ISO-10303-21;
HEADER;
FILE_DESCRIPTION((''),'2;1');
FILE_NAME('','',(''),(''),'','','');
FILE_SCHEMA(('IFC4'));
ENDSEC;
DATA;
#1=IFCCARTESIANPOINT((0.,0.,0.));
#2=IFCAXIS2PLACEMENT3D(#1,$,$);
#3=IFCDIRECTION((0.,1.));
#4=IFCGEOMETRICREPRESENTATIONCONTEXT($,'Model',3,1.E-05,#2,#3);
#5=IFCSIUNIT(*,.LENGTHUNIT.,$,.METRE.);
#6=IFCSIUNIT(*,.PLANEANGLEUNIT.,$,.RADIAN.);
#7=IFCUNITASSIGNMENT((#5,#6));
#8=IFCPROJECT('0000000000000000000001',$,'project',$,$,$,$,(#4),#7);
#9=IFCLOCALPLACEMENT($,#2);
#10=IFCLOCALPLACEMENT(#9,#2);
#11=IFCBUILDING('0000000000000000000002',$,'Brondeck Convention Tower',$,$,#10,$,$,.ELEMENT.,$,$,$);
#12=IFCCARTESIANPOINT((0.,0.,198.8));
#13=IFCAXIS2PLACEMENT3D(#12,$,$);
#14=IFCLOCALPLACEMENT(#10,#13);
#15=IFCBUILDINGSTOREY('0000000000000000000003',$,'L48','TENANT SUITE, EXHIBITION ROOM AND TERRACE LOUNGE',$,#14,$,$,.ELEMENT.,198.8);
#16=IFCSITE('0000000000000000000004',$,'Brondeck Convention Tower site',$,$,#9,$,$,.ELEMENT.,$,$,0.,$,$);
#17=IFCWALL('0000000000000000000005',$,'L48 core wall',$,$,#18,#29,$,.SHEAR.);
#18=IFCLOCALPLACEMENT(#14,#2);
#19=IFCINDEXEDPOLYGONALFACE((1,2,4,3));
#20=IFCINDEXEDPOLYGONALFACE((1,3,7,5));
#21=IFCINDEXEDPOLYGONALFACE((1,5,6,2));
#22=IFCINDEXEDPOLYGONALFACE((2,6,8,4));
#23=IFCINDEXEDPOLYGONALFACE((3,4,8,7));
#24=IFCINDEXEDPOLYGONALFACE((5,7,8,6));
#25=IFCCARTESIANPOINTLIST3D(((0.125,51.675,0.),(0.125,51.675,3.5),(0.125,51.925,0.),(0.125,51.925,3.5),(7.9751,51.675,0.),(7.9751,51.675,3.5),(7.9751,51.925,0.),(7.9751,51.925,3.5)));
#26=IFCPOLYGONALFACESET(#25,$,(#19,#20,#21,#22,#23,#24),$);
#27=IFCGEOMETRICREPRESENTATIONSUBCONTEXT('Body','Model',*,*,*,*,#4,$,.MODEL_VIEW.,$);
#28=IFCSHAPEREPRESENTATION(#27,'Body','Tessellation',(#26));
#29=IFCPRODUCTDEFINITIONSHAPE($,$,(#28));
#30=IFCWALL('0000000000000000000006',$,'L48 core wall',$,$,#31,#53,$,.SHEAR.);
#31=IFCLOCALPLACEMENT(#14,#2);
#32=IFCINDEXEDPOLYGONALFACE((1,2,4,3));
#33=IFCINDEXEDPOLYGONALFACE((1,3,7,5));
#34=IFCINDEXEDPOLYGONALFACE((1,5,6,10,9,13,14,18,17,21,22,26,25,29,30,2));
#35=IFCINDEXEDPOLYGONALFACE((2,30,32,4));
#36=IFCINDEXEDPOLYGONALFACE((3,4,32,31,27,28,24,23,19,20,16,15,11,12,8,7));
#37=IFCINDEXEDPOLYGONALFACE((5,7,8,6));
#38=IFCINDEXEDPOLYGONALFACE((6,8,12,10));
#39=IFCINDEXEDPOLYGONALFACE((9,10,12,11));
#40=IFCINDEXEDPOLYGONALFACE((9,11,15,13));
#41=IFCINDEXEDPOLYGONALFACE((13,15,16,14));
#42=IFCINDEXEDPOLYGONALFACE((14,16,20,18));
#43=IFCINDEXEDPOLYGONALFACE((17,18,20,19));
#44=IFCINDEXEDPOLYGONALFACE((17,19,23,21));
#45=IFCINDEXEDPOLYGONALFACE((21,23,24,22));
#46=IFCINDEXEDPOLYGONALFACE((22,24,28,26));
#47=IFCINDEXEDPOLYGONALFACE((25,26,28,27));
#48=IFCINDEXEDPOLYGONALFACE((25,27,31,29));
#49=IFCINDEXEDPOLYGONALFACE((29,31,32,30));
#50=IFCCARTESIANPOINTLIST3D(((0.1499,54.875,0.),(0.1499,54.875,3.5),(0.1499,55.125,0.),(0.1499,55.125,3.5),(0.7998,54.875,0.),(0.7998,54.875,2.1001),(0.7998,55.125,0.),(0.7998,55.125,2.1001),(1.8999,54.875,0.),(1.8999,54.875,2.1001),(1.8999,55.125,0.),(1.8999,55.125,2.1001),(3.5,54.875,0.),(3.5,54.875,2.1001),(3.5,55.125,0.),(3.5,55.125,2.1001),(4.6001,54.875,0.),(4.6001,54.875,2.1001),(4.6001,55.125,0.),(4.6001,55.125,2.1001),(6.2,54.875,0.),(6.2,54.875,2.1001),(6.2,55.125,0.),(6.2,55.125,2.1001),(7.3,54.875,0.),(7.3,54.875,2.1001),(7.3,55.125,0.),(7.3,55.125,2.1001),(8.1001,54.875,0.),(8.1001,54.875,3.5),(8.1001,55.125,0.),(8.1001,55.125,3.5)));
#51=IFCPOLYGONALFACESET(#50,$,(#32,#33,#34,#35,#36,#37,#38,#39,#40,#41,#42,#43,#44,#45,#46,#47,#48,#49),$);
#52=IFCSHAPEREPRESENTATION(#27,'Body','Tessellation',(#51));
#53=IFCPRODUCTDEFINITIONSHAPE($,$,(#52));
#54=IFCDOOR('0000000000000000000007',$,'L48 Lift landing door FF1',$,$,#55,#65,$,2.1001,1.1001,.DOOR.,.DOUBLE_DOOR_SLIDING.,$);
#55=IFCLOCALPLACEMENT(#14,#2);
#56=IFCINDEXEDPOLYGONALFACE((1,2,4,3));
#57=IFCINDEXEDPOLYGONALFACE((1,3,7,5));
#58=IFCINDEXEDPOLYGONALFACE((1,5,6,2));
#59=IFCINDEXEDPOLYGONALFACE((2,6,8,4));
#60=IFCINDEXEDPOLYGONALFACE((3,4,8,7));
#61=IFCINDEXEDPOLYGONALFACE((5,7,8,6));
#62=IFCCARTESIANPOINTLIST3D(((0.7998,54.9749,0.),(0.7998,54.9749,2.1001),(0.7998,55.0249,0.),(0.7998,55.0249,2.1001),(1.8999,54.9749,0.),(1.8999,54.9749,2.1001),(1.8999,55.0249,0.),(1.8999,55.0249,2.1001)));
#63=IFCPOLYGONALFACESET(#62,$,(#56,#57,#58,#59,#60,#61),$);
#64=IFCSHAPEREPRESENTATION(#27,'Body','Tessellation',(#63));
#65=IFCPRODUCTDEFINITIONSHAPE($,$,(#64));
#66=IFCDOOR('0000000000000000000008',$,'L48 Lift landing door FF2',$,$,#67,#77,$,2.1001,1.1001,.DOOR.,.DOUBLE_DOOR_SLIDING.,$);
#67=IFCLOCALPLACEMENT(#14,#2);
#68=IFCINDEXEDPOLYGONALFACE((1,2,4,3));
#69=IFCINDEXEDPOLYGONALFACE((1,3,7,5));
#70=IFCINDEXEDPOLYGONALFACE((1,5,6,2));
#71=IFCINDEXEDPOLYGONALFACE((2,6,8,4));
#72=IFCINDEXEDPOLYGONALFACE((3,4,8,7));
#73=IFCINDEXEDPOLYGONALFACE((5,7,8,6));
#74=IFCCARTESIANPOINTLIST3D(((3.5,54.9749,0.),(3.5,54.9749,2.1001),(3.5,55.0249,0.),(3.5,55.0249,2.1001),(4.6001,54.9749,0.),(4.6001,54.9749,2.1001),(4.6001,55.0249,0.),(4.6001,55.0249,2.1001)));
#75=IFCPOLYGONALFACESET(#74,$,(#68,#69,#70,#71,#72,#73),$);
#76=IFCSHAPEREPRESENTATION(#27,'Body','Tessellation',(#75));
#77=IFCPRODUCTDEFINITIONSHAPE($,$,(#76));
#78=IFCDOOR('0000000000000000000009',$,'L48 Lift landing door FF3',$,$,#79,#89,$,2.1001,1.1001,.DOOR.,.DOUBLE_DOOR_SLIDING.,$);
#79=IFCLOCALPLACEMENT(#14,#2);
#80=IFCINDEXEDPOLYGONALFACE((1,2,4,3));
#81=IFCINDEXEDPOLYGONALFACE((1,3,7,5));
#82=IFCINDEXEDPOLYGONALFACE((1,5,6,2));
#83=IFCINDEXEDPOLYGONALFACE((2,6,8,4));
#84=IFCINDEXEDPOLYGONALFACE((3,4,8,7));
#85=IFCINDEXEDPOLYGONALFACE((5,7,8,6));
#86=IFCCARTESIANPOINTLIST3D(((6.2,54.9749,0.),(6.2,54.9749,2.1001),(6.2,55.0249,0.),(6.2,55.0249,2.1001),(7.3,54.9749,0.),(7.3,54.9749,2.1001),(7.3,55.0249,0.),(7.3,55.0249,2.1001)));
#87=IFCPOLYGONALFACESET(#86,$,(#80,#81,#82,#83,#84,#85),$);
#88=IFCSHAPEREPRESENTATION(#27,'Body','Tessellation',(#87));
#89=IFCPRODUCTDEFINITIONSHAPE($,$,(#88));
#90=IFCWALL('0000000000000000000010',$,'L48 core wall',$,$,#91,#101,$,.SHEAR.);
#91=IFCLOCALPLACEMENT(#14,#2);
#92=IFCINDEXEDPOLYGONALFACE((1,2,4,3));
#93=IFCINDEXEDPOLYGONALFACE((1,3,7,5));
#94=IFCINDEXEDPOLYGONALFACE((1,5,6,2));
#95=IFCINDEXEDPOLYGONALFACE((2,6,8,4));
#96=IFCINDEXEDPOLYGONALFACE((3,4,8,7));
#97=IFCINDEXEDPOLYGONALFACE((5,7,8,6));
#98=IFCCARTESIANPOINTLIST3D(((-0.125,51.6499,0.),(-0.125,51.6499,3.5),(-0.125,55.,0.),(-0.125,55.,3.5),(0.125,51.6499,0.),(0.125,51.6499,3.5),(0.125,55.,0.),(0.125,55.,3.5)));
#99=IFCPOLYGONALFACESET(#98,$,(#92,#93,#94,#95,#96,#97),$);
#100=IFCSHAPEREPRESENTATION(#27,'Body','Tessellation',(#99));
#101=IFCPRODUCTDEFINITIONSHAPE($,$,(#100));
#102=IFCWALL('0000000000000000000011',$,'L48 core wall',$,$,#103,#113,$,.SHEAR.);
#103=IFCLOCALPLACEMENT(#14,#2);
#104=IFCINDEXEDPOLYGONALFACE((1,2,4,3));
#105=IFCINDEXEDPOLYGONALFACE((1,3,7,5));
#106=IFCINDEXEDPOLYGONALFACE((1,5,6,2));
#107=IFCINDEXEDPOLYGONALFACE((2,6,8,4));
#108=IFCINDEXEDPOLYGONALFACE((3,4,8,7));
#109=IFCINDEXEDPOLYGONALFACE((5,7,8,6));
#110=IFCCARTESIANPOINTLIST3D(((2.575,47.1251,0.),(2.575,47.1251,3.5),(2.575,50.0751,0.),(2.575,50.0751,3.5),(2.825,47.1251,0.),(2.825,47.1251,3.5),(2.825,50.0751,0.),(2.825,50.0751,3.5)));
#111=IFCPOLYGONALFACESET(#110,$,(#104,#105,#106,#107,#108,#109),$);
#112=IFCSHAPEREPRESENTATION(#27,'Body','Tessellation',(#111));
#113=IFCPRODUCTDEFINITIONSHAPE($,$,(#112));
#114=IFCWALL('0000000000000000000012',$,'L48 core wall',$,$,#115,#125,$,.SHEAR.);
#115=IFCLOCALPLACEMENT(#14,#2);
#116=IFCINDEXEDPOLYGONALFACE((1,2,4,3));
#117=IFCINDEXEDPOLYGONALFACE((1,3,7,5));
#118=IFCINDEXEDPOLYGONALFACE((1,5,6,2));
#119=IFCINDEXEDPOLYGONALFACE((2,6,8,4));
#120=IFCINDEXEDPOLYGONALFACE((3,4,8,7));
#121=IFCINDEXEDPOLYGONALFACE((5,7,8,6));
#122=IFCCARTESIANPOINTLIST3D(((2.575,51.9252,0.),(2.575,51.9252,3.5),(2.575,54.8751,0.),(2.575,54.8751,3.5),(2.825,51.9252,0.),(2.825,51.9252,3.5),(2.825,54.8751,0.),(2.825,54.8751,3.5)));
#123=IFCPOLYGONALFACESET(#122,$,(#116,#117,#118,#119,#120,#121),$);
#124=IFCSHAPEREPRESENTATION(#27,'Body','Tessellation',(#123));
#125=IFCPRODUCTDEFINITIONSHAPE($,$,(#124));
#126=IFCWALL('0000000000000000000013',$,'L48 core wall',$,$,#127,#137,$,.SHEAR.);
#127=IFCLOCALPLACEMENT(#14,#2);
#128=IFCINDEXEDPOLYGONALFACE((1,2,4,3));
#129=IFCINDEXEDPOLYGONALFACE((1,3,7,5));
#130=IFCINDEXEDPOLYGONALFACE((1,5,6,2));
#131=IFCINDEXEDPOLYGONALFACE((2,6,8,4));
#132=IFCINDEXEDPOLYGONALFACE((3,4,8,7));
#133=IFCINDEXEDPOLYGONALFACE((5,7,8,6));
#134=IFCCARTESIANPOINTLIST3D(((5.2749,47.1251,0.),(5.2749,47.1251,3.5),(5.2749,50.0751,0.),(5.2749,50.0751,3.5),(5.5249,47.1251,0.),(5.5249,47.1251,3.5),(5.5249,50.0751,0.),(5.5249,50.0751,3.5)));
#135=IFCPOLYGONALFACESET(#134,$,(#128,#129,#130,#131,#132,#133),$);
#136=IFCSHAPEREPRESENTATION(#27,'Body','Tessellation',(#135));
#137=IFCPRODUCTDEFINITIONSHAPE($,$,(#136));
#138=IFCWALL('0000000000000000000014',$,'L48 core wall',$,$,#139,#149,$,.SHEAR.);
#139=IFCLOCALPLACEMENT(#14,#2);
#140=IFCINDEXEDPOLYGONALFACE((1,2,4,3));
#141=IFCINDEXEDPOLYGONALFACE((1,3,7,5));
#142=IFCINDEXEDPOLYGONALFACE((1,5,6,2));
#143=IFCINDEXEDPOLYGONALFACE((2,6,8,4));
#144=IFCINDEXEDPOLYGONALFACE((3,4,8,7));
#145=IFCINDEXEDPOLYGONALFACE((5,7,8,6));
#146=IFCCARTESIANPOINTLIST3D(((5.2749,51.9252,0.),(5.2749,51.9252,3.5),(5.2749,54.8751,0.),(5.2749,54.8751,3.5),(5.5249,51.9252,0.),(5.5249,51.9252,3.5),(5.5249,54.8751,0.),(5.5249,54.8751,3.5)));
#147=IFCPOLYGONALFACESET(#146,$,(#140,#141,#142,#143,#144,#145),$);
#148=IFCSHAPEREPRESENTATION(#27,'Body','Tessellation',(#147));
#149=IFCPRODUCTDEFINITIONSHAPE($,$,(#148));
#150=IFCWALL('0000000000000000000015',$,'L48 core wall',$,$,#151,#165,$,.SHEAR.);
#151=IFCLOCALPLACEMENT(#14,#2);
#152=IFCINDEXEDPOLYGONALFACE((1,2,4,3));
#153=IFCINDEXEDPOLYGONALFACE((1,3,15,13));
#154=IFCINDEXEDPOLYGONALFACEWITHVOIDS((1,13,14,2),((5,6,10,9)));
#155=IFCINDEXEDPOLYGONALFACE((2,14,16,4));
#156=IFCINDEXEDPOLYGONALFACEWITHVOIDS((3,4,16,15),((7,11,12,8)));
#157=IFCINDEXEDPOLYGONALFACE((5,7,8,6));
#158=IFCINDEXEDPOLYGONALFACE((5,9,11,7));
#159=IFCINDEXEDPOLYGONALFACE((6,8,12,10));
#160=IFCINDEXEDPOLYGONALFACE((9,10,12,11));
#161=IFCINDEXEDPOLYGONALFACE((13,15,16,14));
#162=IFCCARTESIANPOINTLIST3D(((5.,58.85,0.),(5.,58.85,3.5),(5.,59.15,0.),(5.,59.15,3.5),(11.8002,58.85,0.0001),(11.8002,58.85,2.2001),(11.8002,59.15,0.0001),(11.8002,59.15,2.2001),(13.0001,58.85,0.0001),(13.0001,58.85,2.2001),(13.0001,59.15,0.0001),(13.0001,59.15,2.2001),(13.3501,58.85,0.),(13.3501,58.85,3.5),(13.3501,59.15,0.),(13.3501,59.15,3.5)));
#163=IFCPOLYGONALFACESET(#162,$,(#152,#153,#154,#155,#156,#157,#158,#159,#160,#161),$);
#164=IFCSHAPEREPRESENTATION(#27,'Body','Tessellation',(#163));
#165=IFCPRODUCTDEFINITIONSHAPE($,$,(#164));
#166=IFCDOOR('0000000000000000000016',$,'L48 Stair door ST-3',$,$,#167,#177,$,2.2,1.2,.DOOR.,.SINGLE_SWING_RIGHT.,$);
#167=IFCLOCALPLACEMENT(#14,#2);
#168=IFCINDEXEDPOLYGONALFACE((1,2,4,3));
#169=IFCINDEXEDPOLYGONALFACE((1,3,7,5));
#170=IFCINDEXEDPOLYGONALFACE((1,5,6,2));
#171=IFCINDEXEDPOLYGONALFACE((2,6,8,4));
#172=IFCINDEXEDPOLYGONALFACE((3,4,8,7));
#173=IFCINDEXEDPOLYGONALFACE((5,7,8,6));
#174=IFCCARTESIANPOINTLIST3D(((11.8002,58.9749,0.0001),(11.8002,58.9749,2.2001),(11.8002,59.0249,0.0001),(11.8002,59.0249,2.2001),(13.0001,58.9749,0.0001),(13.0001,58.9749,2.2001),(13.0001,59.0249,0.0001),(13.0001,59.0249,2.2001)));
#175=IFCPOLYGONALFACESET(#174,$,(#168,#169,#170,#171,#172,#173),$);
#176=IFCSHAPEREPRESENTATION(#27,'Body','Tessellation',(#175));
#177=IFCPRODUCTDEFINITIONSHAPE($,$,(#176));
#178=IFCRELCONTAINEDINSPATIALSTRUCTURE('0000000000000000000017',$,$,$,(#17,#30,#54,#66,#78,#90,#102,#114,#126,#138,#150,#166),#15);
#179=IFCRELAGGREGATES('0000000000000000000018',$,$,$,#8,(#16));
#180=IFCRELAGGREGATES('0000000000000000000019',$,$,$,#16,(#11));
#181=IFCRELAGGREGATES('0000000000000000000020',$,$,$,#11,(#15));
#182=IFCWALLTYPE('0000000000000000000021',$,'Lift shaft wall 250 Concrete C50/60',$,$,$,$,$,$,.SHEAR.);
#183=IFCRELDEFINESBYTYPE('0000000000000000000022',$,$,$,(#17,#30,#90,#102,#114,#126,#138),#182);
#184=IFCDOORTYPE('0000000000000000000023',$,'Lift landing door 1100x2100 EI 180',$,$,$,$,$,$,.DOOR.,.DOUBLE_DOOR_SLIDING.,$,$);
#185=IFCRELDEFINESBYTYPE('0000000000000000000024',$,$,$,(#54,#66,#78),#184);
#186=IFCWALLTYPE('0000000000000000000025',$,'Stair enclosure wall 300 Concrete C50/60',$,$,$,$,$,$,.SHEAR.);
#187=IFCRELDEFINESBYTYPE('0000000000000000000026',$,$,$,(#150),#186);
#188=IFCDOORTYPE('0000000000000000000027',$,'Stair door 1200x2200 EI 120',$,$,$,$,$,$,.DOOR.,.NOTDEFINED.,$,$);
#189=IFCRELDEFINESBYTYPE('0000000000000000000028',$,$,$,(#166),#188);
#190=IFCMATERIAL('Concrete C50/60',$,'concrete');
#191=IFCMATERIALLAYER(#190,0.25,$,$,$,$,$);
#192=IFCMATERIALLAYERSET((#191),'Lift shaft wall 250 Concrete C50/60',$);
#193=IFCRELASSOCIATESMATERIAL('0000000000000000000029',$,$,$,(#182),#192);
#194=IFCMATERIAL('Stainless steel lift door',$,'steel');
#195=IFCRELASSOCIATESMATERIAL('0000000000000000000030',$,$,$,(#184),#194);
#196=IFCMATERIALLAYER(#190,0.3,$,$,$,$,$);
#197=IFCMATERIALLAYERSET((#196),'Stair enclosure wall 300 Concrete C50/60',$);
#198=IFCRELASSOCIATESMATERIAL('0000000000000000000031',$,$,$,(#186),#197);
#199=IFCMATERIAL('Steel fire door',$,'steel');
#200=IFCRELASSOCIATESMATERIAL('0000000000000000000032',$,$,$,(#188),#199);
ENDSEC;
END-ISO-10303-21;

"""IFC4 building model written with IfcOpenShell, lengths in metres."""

from ifc_helpers import new_model, si_unit, direction, frame, frame_2d, origin, place, context, subcontext, project, spatial, rectangle, extrude, material, layer, layer_set, type_object, element, fill, save


model = new_model("IFC4")

# Units and contexts
model_context = context("Model", 3, precision=1e-05, world=origin(), true_north=direction((0.0, 1.0)))
body_context = subcontext(model_context, "Body", "Model", "MODEL_VIEW")
ifc_project = project(units=[si_unit("LENGTHUNIT", "METRE"), si_unit("PLANEANGLEUNIT", "RADIAN")], contexts=[model_context])

# Site, building, storey
site_placement = place(None, origin())
site = spatial("IfcSite", under=ifc_project, at=site_placement, Name="Brondeck Convention Tower site", CompositionType="ELEMENT", RefElevation=0.0)
building_placement = place(site_placement, origin())
building = spatial("IfcBuilding", under=site, at=building_placement, Name="Brondeck Convention Tower", CompositionType="ELEMENT")
storey_placement = place(building_placement, frame((0.0, 0.0, 198.8)))
storey = spatial("IfcBuildingStorey", under=building, at=storey_placement, Name="L48", Description="TENANT SUITE, EXHIBITION ROOM AND TERRACE LOUNGE", CompositionType="ELEMENT", Elevation=198.8)

# Shared definitions
ifc_material_1 = material(Name="Concrete C50/60", Category="concrete")

# Wall
ifc_layer_1 = layer(ifc_material_1, 0.25)
ifc_layer_set_1 = layer_set([ifc_layer_1], Name="Lift shaft wall 250 Concrete C50/60")
wall_type_1 = type_object("IfcWallType", Name="Lift shaft wall 250 Concrete C50/60", PredefinedType="SHEAR", material=ifc_layer_set_1)
for number, where, z_axis, x_axis, name in (
    (1, (0.125, 51.8, 0.0), (0.0, 0.0, 1.0), (1.0, 0.0, 0.0), "L48 core wall"),
):
    element("IfcWall", number, at=place(storey_placement, frame(where, z_axis=z_axis, x_axis=x_axis)), inside=storey, type_object=wall_type_1, Name=name, PredefinedType="SHEAR", context=body_context, shape_type="SweptSolid", body=[
        extrude(rectangle(XDim=7.8501, YDim=0.25, at=frame_2d((3.925, 0.0))), origin(), (0.0, 0.0, 1.0), 3.5),
    ])

# Wall, openings, doors
wall_1_placement = place(storey_placement, frame((0.1499, 55.0, 0.0), z_axis=(0.0, 0.0, 1.0), x_axis=(1.0, 0.0, 0.0)))
wall_1 = element("IfcWall", 2, at=wall_1_placement, inside=storey, type_object=wall_type_1, Name="L48 core wall", PredefinedType="SHEAR", context=body_context, shape_type="SweptSolid", body=[
    extrude(rectangle(XDim=7.9502, YDim=0.25, at=frame_2d((3.9751, 0.0))), origin(), (0.0, 0.0, 1.0), 3.5),
])
opening_1_placement = place(wall_1_placement, frame((0.6499, 0.0, 0.0)))
opening_1 = element("IfcOpeningElement", 3, at=opening_1_placement, cuts=wall_1, PredefinedType="OPENING", context=body_context, shape_type="SweptSolid", body=[
    extrude(rectangle(XDim=1.1001, YDim=2.1001, at=frame_2d((0.55, 1.05))), frame((0.0, 0.135, 0.0), z_axis=(0.0, -1.0, 0.0), x_axis=(1.0, 0.0, 0.0)), (0.0, 0.0, 1.0), 0.27),
])
opening_2_placement = place(wall_1_placement, frame((3.3501, 0.0, 0.0)))
opening_2 = element("IfcOpeningElement", 4, at=opening_2_placement, cuts=wall_1, PredefinedType="OPENING", context=body_context, shape_type="SweptSolid", body=[
    extrude(rectangle(XDim=1.1001, YDim=2.1001, at=frame_2d((0.55, 1.05))), frame((0.0, 0.135, 0.0), z_axis=(0.0, -1.0, 0.0), x_axis=(1.0, 0.0, 0.0)), (0.0, 0.0, 1.0), 0.27),
])
opening_3_placement = place(wall_1_placement, frame((6.05, 0.0, 0.0)))
opening_3 = element("IfcOpeningElement", 5, at=opening_3_placement, cuts=wall_1, PredefinedType="OPENING", context=body_context, shape_type="SweptSolid", body=[
    extrude(rectangle(XDim=1.1001, YDim=2.1001, at=frame_2d((0.55, 1.05))), frame((0.0, 0.135, 0.0), z_axis=(0.0, -1.0, 0.0), x_axis=(1.0, 0.0, 0.0)), (0.0, 0.0, 1.0), 0.27),
])
ifc_material_2 = material(Name="Stainless steel lift door", Category="steel")
door_type_1 = type_object("IfcDoorType", Name="Lift landing door 1100x2100 EI 180", OperationType="DOUBLE_DOOR_SLIDING", PredefinedType="DOOR", material=ifc_material_2)
door_1_placement = place(opening_1_placement, origin())
door_1 = element("IfcDoor", 6, at=door_1_placement, inside=storey, type_object=door_type_1, Name="L48 Lift landing door FF1", OperationType="DOUBLE_DOOR_SLIDING", OverallHeight=2.1001, OverallWidth=1.1001, PredefinedType="DOOR", context=body_context, shape_type="SweptSolid", body=[
    extrude(rectangle(XDim=1.1001, YDim=2.1001, at=frame_2d((0.55, 1.05))), frame((0.0, 0.0249, 0.0), z_axis=(0.0, -1.0, 0.0), x_axis=(1.0, 0.0, 0.0)), (0.0, 0.0, 1.0), 0.05),
])
fill(opening_1, door_1)
door_2_placement = place(opening_2_placement, origin())
door_2 = element("IfcDoor", 7, at=door_2_placement, inside=storey, type_object=door_type_1, Name="L48 Lift landing door FF2", OperationType="DOUBLE_DOOR_SLIDING", OverallHeight=2.1001, OverallWidth=1.1001, PredefinedType="DOOR", context=body_context, shape_type="SweptSolid", body=[
    extrude(rectangle(XDim=1.1001, YDim=2.1001, at=frame_2d((0.55, 1.05))), frame((0.0, 0.0249, 0.0), z_axis=(0.0, -1.0, 0.0), x_axis=(1.0, 0.0, 0.0)), (0.0, 0.0, 1.0), 0.05),
])
fill(opening_2, door_2)
door_3_placement = place(opening_3_placement, origin())
door_3 = element("IfcDoor", 8, at=door_3_placement, inside=storey, type_object=door_type_1, Name="L48 Lift landing door FF3", OperationType="DOUBLE_DOOR_SLIDING", OverallHeight=2.1001, OverallWidth=1.1001, PredefinedType="DOOR", context=body_context, shape_type="SweptSolid", body=[
    extrude(rectangle(XDim=1.1001, YDim=2.1001, at=frame_2d((0.55, 1.05))), frame((0.0, 0.0249, 0.0), z_axis=(0.0, -1.0, 0.0), x_axis=(1.0, 0.0, 0.0)), (0.0, 0.0, 1.0), 0.05),
])
fill(opening_3, door_3)

# Walls
wall_2_placement = place(storey_placement, frame((0.0, 51.6499, 0.0), z_axis=(0.0, 0.0, 1.0), x_axis=(0.0, 1.0, 0.0)))
element("IfcWall", 9, at=wall_2_placement, inside=storey, type_object=wall_type_1, Name="L48 core wall", PredefinedType="SHEAR", context=body_context, shape_type="SweptSolid", body=[
    extrude(rectangle(XDim=3.3501, YDim=0.25, at=frame_2d((1.675, 0.0))), origin(), (0.0, 0.0, 1.0), 3.5),
])
for number, where, z_axis, x_axis, name in (
    (10, (2.7, 47.125, 0.0), (0.0, 0.0, 1.0), (0.0, 1.0, 0.0), "L48 core wall"),
    (11, (2.7, 51.925, 0.0), (0.0, 0.0, 1.0), (0.0, 1.0, 0.0), "L48 core wall"),
    (12, (5.3999, 47.125, 0.0), (0.0, 0.0, 1.0), (0.0, 1.0, 0.0), "L48 core wall"),
    (13, (5.3999, 51.925, 0.0), (0.0, 0.0, 1.0), (0.0, 1.0, 0.0), "L48 core wall"),
):
    element("IfcWall", number, at=place(storey_placement, frame(where, z_axis=z_axis, x_axis=x_axis)), inside=storey, type_object=wall_type_1, Name=name, PredefinedType="SHEAR", context=body_context, shape_type="SweptSolid", body=[
        extrude(rectangle(XDim=2.95, YDim=0.25, at=frame_2d((1.4751, 0.0))), origin(), (0.0, 0.0, 1.0), 3.5),
    ])

# Wall, opening, door
ifc_layer_2 = layer(ifc_material_1, 0.3)
ifc_layer_set_2 = layer_set([ifc_layer_2], Name="Stair enclosure wall 300 Concrete C50/60")
wall_type_2 = type_object("IfcWallType", Name="Stair enclosure wall 300 Concrete C50/60", PredefinedType="SHEAR", material=ifc_layer_set_2)
wall_3_placement = place(storey_placement, frame((5.0, 59.0, 0.0), z_axis=(0.0, 0.0, 1.0), x_axis=(1.0, 0.0, 0.0)))
wall_3 = element("IfcWall", 14, at=wall_3_placement, inside=storey, type_object=wall_type_2, Name="L48 core wall", PredefinedType="SHEAR", context=body_context, shape_type="SweptSolid", body=[
    extrude(rectangle(XDim=8.3501, YDim=0.3, at=frame_2d((4.175, 0.0))), origin(), (0.0, 0.0, 1.0), 3.5),
])
opening_4_placement = place(wall_3_placement, frame((6.8, 0.0, 0.0)))
opening_4 = element("IfcOpeningElement", 15, at=opening_4_placement, cuts=wall_3, PredefinedType="OPENING", context=body_context, shape_type="SweptSolid", body=[
    extrude(rectangle(XDim=1.2, YDim=2.2, at=frame_2d((0.6001, 1.1001))), frame((0.0, 0.1599, 0.0), z_axis=(0.0, -1.0, 0.0), x_axis=(1.0, 0.0, 0.0)), (0.0, 0.0, 1.0), 0.3201),
])
ifc_material_3 = material(Name="Steel fire door", Category="steel")
door_type_2 = type_object("IfcDoorType", Name="Stair door 1200x2200 EI 120", OperationType="NOTDEFINED", PredefinedType="DOOR", material=ifc_material_3)
door_4_placement = place(opening_4_placement, origin())
door_4 = element("IfcDoor", 16, at=door_4_placement, inside=storey, type_object=door_type_2, Name="L48 Stair door ST-3", OperationType="SINGLE_SWING_RIGHT", OverallHeight=2.2, OverallWidth=1.2, PredefinedType="DOOR", context=body_context, shape_type="SweptSolid", body=[
    extrude(rectangle(XDim=1.2, YDim=2.2, at=frame_2d((0.6001, 1.1001))), frame((0.0, 0.0249, 0.0), z_axis=(0.0, -1.0, 0.0), x_axis=(1.0, 0.0, 0.0)), (0.0, 0.0, 1.0), 0.05),
])
fill(opening_4, door_4)

save(model, "model.ifc")
